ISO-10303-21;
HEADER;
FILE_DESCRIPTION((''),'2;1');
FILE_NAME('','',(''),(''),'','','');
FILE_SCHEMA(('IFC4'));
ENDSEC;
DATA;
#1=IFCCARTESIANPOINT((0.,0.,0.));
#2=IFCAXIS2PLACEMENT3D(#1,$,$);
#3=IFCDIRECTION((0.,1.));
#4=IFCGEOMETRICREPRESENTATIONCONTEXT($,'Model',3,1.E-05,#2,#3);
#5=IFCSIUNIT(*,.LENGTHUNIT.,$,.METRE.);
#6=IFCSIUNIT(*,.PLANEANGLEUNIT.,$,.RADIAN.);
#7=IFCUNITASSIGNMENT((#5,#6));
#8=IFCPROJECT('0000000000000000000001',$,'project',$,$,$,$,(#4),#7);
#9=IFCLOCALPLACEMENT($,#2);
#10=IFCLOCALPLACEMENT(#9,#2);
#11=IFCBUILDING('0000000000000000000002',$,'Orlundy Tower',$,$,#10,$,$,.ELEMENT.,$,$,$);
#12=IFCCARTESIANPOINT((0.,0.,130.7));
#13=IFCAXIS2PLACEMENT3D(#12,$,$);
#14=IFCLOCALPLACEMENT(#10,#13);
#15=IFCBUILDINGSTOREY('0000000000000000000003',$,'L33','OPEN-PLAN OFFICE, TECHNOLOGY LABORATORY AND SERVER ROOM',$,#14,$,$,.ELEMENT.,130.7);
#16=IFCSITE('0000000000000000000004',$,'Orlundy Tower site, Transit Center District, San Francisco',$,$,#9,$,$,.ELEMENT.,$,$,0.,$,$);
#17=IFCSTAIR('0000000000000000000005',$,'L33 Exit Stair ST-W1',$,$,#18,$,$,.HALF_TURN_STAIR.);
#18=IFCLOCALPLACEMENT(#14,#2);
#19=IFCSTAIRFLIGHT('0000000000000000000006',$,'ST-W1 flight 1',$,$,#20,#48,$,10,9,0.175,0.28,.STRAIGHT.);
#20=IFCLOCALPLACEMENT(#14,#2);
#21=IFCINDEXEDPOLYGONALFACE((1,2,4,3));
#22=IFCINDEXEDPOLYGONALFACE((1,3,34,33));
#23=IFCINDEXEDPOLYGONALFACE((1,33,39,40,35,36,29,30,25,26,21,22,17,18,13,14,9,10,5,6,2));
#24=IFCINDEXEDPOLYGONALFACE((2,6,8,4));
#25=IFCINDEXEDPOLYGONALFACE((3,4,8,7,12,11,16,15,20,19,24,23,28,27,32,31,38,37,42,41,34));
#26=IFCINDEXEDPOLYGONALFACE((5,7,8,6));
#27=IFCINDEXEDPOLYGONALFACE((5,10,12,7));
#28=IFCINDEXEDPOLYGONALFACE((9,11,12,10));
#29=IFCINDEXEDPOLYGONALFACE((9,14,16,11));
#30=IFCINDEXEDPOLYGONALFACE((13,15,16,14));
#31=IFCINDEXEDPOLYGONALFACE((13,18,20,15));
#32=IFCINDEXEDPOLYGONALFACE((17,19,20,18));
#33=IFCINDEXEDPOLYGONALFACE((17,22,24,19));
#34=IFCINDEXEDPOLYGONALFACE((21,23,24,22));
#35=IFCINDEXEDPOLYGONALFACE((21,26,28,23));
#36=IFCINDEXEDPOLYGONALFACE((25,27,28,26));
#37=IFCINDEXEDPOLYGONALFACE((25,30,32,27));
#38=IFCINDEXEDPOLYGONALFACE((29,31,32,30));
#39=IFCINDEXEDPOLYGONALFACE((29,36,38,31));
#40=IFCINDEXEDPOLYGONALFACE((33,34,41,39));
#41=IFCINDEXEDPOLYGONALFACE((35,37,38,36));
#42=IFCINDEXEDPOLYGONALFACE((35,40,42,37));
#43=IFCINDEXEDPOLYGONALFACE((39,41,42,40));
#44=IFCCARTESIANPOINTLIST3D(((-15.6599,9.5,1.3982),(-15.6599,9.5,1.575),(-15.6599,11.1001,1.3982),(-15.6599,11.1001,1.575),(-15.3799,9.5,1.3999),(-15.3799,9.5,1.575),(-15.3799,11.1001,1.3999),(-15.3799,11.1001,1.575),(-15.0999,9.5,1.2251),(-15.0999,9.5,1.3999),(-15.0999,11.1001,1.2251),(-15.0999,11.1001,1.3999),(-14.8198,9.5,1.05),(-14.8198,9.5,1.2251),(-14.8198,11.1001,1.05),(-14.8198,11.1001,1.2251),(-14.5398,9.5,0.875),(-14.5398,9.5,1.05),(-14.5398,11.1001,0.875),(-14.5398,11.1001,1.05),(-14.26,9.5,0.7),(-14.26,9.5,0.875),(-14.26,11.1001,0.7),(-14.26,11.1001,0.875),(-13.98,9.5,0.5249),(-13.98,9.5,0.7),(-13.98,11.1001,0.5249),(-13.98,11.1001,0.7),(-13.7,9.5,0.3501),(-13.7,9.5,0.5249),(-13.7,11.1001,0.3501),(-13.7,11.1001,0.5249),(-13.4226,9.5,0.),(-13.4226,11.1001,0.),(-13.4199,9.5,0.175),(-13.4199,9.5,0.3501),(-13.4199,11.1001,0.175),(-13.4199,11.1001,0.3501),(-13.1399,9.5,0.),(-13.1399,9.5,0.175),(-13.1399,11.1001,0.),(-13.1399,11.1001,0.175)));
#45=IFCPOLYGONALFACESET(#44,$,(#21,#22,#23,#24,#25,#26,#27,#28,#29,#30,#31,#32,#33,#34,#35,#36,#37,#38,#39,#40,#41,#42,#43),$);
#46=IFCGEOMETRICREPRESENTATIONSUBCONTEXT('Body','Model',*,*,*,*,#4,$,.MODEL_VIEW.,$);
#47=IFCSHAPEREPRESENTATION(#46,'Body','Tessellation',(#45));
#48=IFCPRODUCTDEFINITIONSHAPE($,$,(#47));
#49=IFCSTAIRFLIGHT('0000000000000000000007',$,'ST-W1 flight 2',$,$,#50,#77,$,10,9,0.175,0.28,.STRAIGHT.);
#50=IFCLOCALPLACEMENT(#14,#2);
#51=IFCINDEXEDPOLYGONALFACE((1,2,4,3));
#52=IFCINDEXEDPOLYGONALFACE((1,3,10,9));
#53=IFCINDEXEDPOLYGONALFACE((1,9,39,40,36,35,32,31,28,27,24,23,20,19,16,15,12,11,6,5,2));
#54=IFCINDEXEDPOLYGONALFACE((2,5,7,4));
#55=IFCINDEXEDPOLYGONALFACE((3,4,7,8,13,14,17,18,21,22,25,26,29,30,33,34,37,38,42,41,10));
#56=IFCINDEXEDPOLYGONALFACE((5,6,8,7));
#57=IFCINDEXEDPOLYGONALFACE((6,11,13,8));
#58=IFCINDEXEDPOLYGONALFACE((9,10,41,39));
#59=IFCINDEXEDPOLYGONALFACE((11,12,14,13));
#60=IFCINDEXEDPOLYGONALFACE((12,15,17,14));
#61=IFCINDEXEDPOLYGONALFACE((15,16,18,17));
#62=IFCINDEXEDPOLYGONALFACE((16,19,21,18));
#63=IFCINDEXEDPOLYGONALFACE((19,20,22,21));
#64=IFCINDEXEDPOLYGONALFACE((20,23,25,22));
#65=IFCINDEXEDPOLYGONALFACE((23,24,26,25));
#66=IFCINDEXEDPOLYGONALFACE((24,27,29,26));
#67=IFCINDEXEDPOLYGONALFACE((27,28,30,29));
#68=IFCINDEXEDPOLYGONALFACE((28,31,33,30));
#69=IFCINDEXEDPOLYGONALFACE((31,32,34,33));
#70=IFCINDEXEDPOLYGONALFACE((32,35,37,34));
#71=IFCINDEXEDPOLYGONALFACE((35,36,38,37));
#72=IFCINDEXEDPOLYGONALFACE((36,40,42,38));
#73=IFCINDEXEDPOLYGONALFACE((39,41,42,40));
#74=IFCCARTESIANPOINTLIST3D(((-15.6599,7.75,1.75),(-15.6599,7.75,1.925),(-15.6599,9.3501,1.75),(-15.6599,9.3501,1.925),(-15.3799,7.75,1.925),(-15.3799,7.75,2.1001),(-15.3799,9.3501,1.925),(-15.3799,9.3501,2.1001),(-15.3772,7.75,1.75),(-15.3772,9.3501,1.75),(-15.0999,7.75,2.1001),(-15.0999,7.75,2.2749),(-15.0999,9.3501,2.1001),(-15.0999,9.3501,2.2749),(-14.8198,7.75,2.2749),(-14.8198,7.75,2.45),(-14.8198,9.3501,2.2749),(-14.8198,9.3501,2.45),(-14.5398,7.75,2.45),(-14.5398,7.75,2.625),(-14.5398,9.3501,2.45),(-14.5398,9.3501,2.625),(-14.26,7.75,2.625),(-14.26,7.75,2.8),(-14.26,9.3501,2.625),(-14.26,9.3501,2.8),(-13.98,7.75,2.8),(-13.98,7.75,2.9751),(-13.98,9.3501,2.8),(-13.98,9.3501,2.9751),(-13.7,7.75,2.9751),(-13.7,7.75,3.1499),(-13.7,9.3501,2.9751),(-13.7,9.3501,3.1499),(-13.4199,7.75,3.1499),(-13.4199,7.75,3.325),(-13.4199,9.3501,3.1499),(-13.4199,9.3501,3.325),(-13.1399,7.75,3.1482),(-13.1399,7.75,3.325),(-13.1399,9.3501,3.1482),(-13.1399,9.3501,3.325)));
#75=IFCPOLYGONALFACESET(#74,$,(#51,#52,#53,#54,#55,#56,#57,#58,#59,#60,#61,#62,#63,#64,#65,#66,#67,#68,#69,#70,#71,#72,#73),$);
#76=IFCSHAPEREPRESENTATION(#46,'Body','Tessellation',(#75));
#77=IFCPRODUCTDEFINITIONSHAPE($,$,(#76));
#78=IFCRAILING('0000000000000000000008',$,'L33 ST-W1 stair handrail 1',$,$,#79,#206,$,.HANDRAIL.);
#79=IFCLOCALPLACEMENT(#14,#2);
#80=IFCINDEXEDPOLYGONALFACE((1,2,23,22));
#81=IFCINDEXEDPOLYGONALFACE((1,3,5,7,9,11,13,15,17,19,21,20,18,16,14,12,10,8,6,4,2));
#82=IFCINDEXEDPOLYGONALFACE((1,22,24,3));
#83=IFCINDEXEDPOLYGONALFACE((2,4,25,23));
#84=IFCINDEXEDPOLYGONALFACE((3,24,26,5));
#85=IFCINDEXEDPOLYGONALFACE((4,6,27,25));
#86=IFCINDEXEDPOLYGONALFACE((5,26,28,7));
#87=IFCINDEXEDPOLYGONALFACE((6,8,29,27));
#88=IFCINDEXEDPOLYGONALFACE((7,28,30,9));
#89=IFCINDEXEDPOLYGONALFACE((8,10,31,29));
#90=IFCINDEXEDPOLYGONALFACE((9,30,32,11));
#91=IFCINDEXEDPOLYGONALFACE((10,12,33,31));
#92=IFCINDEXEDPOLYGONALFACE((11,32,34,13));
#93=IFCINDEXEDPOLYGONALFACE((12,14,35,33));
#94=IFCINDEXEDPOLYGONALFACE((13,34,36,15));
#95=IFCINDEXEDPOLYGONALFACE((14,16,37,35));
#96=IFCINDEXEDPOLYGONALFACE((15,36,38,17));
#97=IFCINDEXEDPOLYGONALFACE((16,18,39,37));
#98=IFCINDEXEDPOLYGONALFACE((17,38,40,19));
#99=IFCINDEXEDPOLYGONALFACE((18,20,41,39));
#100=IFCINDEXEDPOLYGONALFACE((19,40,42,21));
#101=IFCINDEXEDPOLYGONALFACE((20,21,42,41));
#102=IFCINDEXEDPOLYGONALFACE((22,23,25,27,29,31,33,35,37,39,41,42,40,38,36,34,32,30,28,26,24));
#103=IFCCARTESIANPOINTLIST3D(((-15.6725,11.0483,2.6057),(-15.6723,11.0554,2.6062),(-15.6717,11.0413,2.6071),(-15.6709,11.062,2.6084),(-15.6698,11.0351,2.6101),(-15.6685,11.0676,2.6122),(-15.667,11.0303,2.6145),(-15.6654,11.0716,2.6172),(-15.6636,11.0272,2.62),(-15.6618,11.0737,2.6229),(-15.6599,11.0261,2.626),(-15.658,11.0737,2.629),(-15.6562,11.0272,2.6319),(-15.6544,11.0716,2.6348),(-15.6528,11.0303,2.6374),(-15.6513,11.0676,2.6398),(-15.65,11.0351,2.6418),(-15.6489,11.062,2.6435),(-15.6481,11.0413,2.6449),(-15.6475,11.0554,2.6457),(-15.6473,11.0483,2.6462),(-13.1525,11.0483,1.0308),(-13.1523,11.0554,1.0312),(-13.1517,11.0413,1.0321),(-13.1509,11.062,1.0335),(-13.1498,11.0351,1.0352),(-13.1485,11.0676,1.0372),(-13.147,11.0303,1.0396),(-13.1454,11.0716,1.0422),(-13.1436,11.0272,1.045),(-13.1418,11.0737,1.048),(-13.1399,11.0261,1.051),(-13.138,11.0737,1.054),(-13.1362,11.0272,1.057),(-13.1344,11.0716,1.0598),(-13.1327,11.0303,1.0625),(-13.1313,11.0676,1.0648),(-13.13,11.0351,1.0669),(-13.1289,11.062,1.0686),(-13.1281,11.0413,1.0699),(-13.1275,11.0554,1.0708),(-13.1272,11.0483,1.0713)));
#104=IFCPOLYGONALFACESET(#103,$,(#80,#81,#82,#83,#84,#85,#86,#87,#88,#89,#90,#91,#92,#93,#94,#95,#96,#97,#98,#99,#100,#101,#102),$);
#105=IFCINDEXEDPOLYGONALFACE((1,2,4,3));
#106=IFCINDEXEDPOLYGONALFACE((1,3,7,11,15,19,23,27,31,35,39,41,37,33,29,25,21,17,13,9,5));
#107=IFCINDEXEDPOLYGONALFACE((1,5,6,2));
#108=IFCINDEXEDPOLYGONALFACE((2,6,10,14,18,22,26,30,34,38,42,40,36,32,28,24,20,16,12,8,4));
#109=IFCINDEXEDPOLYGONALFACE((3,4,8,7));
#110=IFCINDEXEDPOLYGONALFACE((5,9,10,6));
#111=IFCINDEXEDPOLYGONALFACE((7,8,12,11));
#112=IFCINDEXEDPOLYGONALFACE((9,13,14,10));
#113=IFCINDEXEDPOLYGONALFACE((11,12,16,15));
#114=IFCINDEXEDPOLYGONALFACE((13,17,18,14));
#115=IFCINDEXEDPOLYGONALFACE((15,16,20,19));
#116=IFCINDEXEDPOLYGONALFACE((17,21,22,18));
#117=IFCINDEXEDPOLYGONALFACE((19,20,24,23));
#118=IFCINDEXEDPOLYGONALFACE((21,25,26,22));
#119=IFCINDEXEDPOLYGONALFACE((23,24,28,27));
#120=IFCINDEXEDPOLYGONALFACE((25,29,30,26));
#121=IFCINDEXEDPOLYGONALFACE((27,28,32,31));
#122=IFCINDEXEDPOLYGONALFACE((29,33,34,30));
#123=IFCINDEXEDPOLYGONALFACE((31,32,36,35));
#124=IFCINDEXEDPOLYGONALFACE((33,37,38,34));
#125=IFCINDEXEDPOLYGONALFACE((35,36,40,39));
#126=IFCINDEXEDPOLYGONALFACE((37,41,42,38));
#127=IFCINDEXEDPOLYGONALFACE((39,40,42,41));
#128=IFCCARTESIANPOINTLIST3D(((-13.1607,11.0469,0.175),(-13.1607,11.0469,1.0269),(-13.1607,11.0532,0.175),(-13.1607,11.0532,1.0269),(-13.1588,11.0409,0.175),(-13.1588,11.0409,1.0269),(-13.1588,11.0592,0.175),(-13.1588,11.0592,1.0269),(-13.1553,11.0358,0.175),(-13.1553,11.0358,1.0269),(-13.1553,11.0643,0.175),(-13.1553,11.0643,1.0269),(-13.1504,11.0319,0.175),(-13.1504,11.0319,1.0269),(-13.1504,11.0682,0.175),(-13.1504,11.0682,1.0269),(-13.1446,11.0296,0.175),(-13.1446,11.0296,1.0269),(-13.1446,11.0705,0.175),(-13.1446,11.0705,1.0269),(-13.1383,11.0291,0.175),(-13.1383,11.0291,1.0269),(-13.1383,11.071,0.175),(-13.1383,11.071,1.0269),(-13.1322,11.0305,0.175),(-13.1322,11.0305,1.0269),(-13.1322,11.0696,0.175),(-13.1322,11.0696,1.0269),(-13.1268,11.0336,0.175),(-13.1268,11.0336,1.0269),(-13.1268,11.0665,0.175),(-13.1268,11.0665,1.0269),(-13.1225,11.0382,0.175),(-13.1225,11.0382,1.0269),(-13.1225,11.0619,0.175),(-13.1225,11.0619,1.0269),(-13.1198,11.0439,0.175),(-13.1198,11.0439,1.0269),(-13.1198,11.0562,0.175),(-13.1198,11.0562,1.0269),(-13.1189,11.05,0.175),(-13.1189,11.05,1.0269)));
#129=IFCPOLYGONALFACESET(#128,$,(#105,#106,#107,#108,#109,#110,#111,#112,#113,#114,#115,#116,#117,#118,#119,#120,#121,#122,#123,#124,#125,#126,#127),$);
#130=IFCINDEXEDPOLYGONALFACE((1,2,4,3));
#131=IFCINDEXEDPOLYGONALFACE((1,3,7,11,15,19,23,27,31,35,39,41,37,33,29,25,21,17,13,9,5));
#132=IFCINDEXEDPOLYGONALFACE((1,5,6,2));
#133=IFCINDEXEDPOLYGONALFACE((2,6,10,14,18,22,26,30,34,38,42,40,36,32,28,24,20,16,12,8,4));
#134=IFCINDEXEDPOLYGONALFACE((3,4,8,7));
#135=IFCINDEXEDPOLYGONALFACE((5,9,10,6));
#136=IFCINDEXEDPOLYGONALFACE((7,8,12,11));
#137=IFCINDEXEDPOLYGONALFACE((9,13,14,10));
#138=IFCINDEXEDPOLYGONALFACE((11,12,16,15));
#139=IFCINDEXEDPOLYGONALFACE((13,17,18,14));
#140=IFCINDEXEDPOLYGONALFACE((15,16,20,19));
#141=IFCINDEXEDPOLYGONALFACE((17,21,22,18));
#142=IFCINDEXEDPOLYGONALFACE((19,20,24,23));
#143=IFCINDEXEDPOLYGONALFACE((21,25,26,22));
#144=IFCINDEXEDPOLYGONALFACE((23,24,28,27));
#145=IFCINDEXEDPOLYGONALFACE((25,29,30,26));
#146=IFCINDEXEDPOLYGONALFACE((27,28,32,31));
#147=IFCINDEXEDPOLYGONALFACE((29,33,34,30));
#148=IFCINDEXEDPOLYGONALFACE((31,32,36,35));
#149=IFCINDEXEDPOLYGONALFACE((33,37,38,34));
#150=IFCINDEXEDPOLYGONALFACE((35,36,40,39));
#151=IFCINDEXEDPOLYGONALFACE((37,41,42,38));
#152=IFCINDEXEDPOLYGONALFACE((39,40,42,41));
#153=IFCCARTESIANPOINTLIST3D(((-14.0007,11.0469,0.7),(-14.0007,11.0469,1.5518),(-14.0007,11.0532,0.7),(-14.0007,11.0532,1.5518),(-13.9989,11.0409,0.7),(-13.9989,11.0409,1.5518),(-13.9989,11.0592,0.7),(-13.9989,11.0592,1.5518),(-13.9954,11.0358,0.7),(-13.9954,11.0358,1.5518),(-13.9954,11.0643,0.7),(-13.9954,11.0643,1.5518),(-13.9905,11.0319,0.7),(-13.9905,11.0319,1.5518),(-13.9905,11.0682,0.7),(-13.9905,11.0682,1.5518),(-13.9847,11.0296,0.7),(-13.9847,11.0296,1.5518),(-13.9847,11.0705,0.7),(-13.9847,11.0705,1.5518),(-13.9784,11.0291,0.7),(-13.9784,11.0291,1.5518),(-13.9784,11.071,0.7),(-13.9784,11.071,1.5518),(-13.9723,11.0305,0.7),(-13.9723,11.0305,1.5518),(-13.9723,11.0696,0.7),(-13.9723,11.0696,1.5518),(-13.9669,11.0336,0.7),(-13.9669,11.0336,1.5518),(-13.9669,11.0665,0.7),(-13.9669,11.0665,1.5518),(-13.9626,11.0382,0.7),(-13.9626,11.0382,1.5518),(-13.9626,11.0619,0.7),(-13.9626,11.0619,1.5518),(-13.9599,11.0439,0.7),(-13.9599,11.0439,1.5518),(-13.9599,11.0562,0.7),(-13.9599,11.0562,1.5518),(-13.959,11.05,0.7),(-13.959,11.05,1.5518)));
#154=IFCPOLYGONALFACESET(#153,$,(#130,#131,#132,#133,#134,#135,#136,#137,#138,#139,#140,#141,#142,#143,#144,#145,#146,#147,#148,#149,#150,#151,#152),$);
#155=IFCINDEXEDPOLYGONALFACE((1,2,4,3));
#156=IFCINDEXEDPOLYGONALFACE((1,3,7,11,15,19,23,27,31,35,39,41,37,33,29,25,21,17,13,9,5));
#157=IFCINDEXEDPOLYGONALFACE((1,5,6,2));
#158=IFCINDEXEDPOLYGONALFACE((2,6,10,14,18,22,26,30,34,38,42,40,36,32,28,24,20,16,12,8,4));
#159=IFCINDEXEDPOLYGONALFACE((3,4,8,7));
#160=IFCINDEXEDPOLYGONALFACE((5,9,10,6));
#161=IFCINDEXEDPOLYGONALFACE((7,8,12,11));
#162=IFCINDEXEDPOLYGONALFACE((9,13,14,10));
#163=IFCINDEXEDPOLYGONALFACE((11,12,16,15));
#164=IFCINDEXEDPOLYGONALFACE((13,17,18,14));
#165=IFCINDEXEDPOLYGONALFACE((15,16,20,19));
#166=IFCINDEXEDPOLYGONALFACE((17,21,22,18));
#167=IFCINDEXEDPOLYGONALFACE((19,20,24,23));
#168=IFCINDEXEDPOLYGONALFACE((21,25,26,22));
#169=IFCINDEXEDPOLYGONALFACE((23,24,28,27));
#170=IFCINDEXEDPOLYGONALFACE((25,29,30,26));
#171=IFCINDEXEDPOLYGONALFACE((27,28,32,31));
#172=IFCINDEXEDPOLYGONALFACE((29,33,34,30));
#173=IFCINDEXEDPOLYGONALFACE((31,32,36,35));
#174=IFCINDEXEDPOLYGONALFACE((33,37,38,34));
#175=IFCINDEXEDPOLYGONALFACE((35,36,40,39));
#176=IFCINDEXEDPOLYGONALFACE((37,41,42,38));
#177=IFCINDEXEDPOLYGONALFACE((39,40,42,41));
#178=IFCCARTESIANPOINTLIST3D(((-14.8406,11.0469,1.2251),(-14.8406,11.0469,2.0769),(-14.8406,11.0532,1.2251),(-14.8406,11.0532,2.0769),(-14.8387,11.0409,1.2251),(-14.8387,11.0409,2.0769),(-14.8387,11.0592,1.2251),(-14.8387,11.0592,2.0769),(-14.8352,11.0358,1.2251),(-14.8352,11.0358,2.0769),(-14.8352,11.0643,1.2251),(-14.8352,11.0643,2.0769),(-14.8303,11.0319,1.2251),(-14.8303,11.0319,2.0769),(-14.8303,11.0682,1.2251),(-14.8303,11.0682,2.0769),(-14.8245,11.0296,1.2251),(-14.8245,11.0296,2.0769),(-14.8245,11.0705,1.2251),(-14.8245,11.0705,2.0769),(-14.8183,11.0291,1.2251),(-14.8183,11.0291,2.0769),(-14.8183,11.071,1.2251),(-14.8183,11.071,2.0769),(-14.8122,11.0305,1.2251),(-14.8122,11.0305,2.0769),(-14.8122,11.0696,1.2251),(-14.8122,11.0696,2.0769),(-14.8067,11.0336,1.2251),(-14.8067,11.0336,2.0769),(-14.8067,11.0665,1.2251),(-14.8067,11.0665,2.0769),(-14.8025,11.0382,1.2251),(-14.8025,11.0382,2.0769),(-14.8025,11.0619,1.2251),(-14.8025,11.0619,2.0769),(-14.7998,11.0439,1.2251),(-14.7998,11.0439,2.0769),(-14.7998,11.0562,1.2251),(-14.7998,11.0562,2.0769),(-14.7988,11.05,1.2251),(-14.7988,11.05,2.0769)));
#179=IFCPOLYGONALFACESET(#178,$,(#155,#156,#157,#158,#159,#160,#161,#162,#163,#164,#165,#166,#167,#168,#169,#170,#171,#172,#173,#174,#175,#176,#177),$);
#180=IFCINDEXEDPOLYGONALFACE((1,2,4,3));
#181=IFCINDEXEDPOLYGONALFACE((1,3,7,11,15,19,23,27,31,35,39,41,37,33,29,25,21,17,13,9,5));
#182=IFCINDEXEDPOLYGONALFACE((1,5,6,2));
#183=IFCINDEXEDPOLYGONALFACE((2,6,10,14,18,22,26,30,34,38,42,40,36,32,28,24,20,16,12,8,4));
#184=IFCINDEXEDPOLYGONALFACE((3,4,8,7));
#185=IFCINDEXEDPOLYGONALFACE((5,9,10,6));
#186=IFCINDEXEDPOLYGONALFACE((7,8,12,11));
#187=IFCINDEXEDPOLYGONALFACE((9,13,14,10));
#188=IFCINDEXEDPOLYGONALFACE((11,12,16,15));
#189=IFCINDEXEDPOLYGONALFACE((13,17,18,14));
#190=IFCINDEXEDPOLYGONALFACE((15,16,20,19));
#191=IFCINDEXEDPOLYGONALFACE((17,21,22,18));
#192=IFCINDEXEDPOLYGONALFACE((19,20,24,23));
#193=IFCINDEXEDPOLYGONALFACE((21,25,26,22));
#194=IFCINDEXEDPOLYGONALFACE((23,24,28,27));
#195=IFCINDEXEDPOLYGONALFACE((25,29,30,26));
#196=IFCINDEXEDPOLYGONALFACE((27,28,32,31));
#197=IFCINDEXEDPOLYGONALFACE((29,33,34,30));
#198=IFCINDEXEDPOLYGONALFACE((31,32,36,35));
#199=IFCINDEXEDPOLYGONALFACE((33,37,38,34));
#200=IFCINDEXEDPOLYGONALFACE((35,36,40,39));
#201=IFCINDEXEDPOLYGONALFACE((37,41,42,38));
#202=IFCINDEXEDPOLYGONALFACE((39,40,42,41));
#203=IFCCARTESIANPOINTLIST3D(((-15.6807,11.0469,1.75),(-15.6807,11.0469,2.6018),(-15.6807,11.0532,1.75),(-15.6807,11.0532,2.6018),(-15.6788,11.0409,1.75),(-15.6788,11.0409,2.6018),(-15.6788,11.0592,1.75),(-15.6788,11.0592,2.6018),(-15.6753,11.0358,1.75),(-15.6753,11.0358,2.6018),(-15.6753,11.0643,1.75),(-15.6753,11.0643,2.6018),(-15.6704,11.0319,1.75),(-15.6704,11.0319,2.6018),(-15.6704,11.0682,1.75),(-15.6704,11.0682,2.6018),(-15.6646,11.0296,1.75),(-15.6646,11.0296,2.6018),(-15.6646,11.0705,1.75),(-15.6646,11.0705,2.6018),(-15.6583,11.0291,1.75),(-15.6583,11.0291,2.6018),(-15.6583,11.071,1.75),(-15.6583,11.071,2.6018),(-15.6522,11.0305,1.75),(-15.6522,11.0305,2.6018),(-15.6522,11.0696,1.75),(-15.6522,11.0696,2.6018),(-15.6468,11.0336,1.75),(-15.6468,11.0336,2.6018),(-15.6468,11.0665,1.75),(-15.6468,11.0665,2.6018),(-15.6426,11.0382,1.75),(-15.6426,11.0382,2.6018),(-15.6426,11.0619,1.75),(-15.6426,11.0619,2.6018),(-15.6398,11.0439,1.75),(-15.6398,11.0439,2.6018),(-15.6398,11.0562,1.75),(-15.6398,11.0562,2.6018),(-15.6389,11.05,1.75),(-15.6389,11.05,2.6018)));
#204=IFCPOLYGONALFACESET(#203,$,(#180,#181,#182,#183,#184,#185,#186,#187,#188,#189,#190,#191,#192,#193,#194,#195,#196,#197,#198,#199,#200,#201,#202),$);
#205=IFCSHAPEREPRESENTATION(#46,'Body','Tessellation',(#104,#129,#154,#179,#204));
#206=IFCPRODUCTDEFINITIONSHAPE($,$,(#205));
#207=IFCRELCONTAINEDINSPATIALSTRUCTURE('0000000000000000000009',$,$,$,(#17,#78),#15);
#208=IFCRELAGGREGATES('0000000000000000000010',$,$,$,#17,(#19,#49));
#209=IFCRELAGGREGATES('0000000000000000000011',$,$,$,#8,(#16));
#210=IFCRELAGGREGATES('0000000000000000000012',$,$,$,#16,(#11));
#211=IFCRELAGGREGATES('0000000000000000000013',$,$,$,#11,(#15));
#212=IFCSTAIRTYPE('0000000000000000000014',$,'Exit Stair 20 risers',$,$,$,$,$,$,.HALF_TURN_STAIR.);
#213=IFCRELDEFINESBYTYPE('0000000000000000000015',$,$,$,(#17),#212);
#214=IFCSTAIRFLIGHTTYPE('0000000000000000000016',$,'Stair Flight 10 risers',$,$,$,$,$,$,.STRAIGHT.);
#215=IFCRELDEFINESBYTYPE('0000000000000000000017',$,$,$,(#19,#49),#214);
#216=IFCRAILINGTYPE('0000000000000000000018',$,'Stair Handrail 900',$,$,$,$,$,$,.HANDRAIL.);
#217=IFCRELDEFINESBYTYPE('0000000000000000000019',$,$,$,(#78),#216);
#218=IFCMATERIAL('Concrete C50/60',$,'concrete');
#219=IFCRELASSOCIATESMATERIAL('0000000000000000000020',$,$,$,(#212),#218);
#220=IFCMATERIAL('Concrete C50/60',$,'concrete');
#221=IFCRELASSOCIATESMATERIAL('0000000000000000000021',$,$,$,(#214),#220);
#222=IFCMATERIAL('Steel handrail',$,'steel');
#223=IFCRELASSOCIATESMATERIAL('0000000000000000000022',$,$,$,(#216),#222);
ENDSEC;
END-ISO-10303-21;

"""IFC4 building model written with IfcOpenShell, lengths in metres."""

from ifc_helpers import new_model, si_unit, direction, frame, origin, origin_2d, place, context, subcontext, project, spatial, polyline, circle, outline, extrude, material, type_object, element, aggregate, save


model = new_model("IFC4")

# Units and contexts
model_context = context("Model", 3, precision=1e-05, world=origin(), true_north=direction((0.0, 1.0)))
body_context = subcontext(model_context, "Body", "Model", "MODEL_VIEW")
ifc_project = project(units=[si_unit("LENGTHUNIT", "METRE"), si_unit("PLANEANGLEUNIT", "RADIAN")], contexts=[model_context])

# Site, building, storey
site_placement = place(None, origin())
site = spatial("IfcSite", under=ifc_project, at=site_placement, Name="Orlundy Tower site, Transit Center District, San Francisco", CompositionType="ELEMENT", RefElevation=0.0)
building_placement = place(site_placement, origin())
building = spatial("IfcBuilding", under=site, at=building_placement, Name="Orlundy Tower", CompositionType="ELEMENT")
storey_placement = place(building_placement, frame((0.0, 0.0, 130.7)))
storey = spatial("IfcBuildingStorey", under=building, at=storey_placement, Name="L33", Description="OPEN-PLAN OFFICE, TECHNOLOGY LABORATORY AND SERVER ROOM", CompositionType="ELEMENT", Elevation=130.7)

# Stair, stair flights
ifc_material_1 = material(Name="Concrete C50/60", Category="concrete")
stair_type = type_object("IfcStairType", Name="Exit Stair 20 risers", PredefinedType="HALF_TURN_STAIR", material=ifc_material_1)
stair_placement = place(storey_placement, origin())
stair = element("IfcStair", 1, at=stair_placement, inside=storey, type_object=stair_type, Name="L33 Exit Stair ST-W1", PredefinedType="HALF_TURN_STAIR")
ifc_material_2 = material(Name="Concrete C50/60", Category="concrete")
stair_flight_type = type_object("IfcStairFlightType", Name="Stair Flight 10 risers", PredefinedType="STRAIGHT", material=ifc_material_2)
stair_flight_1_placement = place(storey_placement, frame((-13.1399, 10.3, 0.0), z_axis=(0.0, 0.0, 1.0), x_axis=(-1.0, 0.0, 0.0)))
stair_flight_1 = element("IfcStairFlight", 2, at=stair_flight_1_placement, type_object=stair_flight_type, Name="ST-W1 flight 1", NumberOfRisers=10, NumberOfTreads=9, PredefinedType="STRAIGHT", RiserHeight=0.175, TreadLength=0.28, context=body_context, shape_type="SweptSolid", body=[
    extrude(outline(polyline([(0.0, 0.0), (0.0, 0.175), (0.28, 0.175), (0.28, 0.3501), (0.5601, 0.3501), (0.5601, 0.5249), (0.8401, 0.5249), (0.8401, 0.7), (1.1201, 0.7), (1.1201, 0.875), (1.3999, 0.875), (1.3999, 1.05), (1.6799, 1.05), (1.6799, 1.2251), (1.96, 1.2251), (1.96, 1.3999), (2.24, 1.3999), (2.24, 1.575), (2.52, 1.575), (2.52, 1.75), (2.52, 1.3982), (0.2827, 0.0), (0.0, 0.0)])), frame((0.0, 0.8, 0.0), z_axis=(0.0, -1.0, 0.0), x_axis=(1.0, 0.0, 0.0)), (0.0, 0.0, 1.0), 1.6001),
])
stair_flight_2_placement = place(storey_placement, frame((-15.6599, 8.55, 1.75), z_axis=(0.0, 0.0, 1.0), x_axis=(1.0, 0.0, 0.0)))
stair_flight_2 = element("IfcStairFlight", 3, at=stair_flight_2_placement, type_object=stair_flight_type, Name="ST-W1 flight 2", NumberOfRisers=10, NumberOfTreads=9, PredefinedType="STRAIGHT", RiserHeight=0.175, TreadLength=0.28, context=body_context, shape_type="SweptSolid", body=[
    extrude(outline(polyline([(0.0, 0.0), (0.0, 0.175), (0.28, 0.175), (0.28, 0.3501), (0.5601, 0.3501), (0.5601, 0.5249), (0.8401, 0.5249), (0.8401, 0.7), (1.1201, 0.7), (1.1201, 0.875), (1.3999, 0.875), (1.3999, 1.05), (1.6799, 1.05), (1.6799, 1.2251), (1.96, 1.2251), (1.96, 1.3999), (2.24, 1.3999), (2.24, 1.575), (2.52, 1.575), (2.52, 1.75), (2.52, 1.3982), (0.2827, 0.0), (0.0, 0.0)])), frame((0.0, 0.8, 0.0), z_axis=(0.0, -1.0, 0.0), x_axis=(1.0, 0.0, 0.0)), (0.0, 0.0, 1.0), 1.6001),
])
aggregate(stair, [stair_flight_1, stair_flight_2])

# Railing
ifc_material_3 = material(Name="Steel handrail", Category="steel")
railing_type_1 = type_object("IfcRailingType", Name="Stair Handrail 900", PredefinedType="HANDRAIL", material=ifc_material_3)
railing_1_placement = place(storey_placement, frame((-13.1399, 11.05, 0.175)))
element("IfcRailing", 4, at=railing_1_placement, inside=storey, type_object=railing_type_1, Name="L33 ST-W1 stair handrail 1", PredefinedType="HANDRAIL", context=body_context, shape_type="SweptSolid", body=[
    extrude(circle(Radius=0.0239, at=origin_2d()), frame((0.0, 0.0, 0.876), z_axis=(-0.848008, 0.0, 0.529984), x_axis=(0.0, -1.0, 0.0)), (0.0, 0.0, 1.0), 2.9717),
    extrude(circle(Radius=0.021, at=origin_2d()), origin(), (0.0, 0.0, 1.0), 0.8518),
    extrude(circle(Radius=0.021, at=origin_2d()), frame((-0.8401, 0.0, 0.5249)), (0.0, 0.0, 1.0), 0.8518),
    extrude(circle(Radius=0.021, at=origin_2d()), frame((-1.6799, 0.0, 1.05)), (0.0, 0.0, 1.0), 0.8518),
    extrude(circle(Radius=0.021, at=origin_2d()), frame((-2.52, 0.0, 1.575)), (0.0, 0.0, 1.0), 0.8518),
])

save(model, "model.ifc")
